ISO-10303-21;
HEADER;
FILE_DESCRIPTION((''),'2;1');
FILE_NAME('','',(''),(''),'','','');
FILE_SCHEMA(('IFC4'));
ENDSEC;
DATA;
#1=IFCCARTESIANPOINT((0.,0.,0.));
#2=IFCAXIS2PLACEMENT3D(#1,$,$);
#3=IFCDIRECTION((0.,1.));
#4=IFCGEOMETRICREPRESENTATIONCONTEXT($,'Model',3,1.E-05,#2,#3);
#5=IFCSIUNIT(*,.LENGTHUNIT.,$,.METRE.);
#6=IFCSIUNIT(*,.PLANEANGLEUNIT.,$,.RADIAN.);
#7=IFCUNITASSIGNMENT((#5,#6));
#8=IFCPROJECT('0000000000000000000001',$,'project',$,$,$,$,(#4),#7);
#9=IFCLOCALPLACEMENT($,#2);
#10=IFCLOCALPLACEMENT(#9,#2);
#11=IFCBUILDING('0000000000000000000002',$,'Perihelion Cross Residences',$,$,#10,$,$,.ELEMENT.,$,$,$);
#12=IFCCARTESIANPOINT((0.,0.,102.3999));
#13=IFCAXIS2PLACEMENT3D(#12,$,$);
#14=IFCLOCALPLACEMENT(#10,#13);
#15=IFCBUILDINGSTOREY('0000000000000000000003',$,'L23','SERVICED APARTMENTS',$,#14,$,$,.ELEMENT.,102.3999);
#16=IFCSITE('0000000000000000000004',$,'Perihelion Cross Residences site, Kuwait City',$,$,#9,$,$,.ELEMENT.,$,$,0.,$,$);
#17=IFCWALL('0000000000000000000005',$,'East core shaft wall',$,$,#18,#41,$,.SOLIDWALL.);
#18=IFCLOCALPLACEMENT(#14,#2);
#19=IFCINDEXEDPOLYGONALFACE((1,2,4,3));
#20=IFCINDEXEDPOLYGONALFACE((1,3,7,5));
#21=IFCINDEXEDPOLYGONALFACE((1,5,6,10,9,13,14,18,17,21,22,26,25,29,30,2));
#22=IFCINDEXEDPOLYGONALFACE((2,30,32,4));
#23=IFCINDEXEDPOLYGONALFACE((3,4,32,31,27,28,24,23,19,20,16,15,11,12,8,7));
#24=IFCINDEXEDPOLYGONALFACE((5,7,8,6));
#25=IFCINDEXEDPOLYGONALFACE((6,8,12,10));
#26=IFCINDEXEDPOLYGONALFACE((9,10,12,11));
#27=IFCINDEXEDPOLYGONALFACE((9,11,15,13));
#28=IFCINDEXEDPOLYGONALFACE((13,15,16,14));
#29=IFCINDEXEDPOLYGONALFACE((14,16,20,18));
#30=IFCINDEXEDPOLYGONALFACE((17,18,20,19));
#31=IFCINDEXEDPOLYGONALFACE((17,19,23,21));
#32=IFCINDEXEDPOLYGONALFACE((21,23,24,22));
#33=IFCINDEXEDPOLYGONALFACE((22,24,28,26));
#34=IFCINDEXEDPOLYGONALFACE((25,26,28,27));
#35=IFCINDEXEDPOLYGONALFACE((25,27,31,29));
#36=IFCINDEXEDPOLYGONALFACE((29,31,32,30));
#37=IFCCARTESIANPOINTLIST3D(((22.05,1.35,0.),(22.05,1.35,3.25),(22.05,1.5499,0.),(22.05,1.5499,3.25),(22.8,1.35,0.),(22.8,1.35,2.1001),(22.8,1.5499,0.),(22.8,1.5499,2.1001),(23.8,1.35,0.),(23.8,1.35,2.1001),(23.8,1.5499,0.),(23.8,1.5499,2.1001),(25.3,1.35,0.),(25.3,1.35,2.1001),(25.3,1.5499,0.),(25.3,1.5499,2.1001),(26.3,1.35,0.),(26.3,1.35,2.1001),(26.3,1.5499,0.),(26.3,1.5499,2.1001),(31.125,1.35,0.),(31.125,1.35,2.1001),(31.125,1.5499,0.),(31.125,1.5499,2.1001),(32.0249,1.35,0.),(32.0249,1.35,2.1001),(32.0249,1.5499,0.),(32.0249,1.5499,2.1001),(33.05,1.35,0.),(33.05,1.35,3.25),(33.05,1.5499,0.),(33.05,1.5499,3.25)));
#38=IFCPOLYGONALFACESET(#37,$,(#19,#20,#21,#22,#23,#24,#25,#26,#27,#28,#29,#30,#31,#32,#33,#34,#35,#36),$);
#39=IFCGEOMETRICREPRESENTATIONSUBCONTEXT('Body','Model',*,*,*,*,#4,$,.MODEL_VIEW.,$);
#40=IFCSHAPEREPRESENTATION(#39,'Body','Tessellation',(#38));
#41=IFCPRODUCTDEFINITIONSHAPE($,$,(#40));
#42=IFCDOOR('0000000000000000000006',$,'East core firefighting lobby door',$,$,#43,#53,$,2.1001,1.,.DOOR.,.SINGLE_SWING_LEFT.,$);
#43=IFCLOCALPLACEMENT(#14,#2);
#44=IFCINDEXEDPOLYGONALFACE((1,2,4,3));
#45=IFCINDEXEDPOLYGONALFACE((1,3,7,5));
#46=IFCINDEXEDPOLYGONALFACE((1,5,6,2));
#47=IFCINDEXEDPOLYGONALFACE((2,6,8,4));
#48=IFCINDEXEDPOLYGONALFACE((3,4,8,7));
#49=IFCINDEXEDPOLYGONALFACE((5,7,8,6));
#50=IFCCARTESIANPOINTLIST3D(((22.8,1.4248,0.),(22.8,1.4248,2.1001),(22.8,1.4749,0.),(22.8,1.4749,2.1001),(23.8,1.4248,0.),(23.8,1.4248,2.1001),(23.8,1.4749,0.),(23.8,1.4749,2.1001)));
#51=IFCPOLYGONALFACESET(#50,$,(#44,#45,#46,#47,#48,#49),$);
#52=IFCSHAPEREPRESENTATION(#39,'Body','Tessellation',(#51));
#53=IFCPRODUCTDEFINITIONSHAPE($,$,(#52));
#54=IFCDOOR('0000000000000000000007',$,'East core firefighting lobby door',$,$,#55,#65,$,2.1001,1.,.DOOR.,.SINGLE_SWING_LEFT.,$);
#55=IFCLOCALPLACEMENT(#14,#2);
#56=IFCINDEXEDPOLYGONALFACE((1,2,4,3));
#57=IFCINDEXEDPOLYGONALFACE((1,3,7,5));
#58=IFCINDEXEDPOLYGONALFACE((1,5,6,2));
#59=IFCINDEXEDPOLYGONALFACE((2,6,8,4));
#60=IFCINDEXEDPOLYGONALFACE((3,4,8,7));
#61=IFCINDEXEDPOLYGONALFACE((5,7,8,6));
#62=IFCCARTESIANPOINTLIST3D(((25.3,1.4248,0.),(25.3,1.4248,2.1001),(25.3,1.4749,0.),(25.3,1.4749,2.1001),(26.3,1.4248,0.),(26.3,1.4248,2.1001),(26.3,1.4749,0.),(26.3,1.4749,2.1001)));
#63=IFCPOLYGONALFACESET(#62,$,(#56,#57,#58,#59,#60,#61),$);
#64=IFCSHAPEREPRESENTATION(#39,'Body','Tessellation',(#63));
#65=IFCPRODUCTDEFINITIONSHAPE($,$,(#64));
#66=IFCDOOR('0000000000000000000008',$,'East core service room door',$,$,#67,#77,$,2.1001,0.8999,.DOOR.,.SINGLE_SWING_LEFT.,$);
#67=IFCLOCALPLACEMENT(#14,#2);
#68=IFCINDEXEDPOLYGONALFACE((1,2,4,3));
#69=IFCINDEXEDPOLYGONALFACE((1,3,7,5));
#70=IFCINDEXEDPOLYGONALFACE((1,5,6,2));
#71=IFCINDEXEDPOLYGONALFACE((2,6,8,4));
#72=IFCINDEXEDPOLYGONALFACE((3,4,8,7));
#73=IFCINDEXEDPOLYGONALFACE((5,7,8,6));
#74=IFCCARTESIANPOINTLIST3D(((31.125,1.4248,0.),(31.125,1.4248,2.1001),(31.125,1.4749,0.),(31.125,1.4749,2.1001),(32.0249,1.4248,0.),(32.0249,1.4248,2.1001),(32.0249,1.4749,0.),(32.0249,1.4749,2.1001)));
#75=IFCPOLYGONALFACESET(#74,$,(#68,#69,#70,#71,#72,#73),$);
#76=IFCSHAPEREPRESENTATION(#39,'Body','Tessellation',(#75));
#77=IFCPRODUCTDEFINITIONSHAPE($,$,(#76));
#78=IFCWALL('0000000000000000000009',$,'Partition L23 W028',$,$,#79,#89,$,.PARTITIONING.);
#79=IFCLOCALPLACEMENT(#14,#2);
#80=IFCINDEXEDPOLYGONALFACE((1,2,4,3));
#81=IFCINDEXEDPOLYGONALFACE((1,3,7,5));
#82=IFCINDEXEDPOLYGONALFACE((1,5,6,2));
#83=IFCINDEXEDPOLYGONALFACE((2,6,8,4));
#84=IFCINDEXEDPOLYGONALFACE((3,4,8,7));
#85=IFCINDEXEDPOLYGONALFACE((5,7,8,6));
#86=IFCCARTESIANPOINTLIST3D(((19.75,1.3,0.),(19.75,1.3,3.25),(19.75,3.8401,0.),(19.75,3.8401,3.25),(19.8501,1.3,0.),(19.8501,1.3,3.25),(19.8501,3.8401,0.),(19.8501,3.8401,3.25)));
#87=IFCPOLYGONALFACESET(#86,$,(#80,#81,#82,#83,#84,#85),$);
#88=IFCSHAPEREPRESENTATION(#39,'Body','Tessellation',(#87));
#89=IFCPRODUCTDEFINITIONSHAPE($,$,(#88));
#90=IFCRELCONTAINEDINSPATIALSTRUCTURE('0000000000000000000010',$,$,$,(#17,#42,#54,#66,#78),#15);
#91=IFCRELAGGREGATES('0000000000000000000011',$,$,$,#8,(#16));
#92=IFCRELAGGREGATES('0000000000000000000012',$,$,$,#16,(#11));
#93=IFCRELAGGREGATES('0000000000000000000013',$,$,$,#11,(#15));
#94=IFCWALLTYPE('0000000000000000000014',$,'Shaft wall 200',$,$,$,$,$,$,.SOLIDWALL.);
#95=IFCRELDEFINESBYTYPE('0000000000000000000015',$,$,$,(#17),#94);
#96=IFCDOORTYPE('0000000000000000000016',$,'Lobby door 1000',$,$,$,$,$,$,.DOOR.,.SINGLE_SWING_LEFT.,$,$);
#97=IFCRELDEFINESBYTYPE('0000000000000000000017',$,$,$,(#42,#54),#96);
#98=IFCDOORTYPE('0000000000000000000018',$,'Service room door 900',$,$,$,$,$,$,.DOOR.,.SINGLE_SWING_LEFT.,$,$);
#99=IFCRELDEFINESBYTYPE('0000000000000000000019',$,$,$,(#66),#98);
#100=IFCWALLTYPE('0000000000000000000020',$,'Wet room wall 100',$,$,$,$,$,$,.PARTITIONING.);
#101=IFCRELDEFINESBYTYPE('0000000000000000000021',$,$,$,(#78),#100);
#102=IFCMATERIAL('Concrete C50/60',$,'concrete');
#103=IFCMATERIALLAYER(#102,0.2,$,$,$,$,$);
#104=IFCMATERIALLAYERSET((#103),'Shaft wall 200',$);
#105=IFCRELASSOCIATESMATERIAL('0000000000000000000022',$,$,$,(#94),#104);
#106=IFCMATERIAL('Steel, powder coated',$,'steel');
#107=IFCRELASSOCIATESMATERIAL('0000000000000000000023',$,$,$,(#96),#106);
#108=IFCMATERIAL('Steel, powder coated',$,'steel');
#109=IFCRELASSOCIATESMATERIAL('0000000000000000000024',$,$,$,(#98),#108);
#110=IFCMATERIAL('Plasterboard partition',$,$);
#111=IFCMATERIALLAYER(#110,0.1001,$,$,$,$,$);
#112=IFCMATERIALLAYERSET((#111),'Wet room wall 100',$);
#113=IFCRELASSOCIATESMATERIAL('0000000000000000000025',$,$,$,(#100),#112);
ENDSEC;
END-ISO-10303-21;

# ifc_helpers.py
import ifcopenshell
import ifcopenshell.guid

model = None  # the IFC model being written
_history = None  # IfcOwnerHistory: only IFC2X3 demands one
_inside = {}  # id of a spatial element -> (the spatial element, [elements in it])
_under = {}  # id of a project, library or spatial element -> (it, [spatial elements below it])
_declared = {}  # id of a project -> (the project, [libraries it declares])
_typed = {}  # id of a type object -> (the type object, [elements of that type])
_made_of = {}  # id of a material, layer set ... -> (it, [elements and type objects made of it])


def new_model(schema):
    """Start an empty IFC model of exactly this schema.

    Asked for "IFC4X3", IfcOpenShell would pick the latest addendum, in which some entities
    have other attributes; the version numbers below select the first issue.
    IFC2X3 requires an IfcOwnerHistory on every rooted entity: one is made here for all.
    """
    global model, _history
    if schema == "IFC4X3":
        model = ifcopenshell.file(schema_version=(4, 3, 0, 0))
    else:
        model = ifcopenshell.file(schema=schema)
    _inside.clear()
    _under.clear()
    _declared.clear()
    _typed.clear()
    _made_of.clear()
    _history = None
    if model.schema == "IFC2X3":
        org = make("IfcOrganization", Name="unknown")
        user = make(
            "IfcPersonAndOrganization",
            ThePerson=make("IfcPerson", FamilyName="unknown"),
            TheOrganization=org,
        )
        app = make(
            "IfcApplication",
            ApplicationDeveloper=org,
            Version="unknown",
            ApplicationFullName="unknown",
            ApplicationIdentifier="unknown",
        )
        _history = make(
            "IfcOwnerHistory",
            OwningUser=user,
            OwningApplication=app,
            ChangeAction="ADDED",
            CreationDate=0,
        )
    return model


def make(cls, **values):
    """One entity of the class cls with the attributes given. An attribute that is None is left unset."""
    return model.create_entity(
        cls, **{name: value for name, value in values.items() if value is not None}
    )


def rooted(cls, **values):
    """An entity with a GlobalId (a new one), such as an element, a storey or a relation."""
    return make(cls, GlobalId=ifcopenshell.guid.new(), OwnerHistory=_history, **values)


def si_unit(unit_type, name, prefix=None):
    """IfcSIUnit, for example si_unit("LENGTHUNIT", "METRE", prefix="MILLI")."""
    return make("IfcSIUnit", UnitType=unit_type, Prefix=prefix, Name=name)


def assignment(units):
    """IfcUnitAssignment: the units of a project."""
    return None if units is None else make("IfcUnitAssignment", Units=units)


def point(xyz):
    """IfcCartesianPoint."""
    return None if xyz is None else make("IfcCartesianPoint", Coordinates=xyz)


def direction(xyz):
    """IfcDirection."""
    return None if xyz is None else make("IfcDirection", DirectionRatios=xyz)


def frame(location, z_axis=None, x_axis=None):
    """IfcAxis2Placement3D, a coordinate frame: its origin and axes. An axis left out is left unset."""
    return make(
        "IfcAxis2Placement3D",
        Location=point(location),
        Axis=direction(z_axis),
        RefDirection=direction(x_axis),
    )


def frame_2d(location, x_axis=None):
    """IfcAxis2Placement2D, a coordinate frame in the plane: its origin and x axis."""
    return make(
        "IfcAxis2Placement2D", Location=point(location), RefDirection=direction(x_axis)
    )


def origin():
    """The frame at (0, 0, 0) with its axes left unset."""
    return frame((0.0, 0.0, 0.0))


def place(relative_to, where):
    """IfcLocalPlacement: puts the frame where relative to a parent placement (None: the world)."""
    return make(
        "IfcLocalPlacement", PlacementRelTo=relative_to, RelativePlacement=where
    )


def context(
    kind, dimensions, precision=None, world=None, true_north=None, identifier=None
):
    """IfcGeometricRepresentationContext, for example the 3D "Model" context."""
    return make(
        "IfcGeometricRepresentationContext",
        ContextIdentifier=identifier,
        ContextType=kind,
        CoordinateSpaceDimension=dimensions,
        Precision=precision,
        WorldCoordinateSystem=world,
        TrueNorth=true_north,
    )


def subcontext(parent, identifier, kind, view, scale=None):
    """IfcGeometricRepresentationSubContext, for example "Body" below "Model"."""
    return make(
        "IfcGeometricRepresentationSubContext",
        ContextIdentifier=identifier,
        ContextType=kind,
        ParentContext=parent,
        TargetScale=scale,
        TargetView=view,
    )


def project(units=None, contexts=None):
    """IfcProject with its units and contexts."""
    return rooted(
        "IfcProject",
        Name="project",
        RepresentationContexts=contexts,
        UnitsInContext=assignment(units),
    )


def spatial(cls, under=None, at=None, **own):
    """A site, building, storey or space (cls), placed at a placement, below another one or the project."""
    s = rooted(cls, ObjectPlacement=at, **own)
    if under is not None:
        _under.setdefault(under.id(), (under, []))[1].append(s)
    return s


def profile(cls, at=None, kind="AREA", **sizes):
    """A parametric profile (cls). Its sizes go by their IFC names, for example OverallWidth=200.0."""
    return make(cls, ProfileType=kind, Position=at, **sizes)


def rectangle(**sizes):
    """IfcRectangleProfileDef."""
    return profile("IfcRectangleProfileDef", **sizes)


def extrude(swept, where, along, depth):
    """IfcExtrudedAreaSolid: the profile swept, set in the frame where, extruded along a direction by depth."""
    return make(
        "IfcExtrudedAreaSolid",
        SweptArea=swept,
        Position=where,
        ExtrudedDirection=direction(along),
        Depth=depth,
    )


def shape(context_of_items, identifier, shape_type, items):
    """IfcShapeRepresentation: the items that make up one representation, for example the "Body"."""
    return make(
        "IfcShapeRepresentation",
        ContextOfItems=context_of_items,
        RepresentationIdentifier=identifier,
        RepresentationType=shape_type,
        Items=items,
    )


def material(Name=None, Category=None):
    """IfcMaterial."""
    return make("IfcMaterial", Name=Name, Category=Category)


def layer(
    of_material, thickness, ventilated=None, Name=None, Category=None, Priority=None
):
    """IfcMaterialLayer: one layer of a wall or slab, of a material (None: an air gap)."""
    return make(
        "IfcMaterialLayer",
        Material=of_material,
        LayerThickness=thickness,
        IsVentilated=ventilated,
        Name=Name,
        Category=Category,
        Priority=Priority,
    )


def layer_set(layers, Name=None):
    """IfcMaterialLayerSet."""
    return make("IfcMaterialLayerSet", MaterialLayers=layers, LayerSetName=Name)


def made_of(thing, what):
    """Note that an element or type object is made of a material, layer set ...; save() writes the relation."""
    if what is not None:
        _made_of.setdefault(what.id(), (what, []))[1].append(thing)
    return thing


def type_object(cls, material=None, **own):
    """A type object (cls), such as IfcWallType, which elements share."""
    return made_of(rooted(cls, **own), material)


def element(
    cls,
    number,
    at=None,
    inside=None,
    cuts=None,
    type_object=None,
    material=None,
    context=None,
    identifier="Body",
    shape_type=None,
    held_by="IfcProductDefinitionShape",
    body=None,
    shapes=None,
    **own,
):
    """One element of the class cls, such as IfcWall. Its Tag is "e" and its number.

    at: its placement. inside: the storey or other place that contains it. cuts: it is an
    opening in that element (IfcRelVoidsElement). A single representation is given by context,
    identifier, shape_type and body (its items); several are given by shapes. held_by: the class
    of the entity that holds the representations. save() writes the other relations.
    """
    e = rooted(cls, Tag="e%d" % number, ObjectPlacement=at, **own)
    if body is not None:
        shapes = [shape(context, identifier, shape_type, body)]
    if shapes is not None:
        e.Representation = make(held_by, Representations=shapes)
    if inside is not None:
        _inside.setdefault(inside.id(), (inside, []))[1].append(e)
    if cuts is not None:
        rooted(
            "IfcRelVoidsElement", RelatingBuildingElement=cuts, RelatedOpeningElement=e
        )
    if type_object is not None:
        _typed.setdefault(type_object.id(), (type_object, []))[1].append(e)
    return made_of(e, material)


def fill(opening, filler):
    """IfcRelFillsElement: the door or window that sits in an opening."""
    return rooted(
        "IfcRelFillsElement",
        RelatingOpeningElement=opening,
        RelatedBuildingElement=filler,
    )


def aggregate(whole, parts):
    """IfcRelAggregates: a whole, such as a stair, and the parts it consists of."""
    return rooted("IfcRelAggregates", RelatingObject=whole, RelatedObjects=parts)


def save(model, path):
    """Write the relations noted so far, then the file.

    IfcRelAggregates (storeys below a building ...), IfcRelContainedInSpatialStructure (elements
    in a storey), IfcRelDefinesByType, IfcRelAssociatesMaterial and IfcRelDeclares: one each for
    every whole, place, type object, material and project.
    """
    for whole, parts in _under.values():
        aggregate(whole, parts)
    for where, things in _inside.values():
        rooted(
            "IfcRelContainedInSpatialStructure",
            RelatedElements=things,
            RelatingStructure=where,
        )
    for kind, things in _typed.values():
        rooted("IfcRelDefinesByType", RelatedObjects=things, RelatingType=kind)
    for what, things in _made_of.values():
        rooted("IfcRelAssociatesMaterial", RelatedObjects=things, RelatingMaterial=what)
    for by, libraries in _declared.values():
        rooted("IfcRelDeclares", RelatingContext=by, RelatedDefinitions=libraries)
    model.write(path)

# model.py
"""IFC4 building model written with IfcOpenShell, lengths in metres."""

from ifc_helpers import new_model, si_unit, direction, frame, frame_2d, origin, place, context, subcontext, project, spatial, rectangle, extrude, material, layer, layer_set, type_object, element, fill, save


model = new_model("IFC4")

# Units and contexts
model_context = context("Model", 3, precision=1e-05, world=origin(), true_north=direction((0.0, 1.0)))
body_context = subcontext(model_context, "Body", "Model", "MODEL_VIEW")
ifc_project = project(units=[si_unit("LENGTHUNIT", "METRE"), si_unit("PLANEANGLEUNIT", "RADIAN")], contexts=[model_context])

# Site, building, storey
site_placement = place(None, origin())
site = spatial("IfcSite", under=ifc_project, at=site_placement, Name="Perihelion Cross Residences site, Kuwait City", CompositionType="ELEMENT", RefElevation=0.0)
building_placement = place(site_placement, origin())
building = spatial("IfcBuilding", under=site, at=building_placement, Name="Perihelion Cross Residences", CompositionType="ELEMENT")
storey_placement = place(building_placement, frame((0.0, 0.0, 102.3999)))
storey = spatial("IfcBuildingStorey", under=building, at=storey_placement, Name="L23", Description="SERVICED APARTMENTS", CompositionType="ELEMENT", Elevation=102.3999)

# Wall, openings, doors
ifc_material_1 = material(Name="Concrete C50/60", Category="concrete")
ifc_layer_1 = layer(ifc_material_1, 0.2)
ifc_layer_set_1 = layer_set([ifc_layer_1], Name="Shaft wall 200")
wall_type_1 = type_object("IfcWallType", Name="Shaft wall 200", PredefinedType="SOLIDWALL", material=ifc_layer_set_1)
wall_1_placement = place(storey_placement, frame((22.05, 1.45, 0.0), z_axis=(0.0, 0.0, 1.0), x_axis=(1.0, 0.0, 0.0)))
wall_1 = element("IfcWall", 1, at=wall_1_placement, inside=storey, type_object=wall_type_1, Name="East core shaft wall", PredefinedType="SOLIDWALL", context=body_context, shape_type="SweptSolid", body=[
    extrude(rectangle(XDim=11.0, YDim=0.2, at=frame_2d((5.5, 0.0))), origin(), (0.0, 0.0, 1.0), 3.25),
])
opening_1_placement = place(wall_1_placement, frame((0.75, 0.0, 0.0)))
opening_1 = element("IfcOpeningElement", 2, at=opening_1_placement, cuts=wall_1, PredefinedType="OPENING", context=body_context, shape_type="SweptSolid", body=[
    extrude(rectangle(XDim=1.0, YDim=2.1001, at=frame_2d((0.5, 1.05))), frame((0.0, 0.1099, 0.0), z_axis=(0.0, -1.0, 0.0), x_axis=(1.0, 0.0, 0.0)), (0.0, 0.0, 1.0), 0.22),
])
opening_2_placement = place(wall_1_placement, frame((3.25, 0.0, 0.0)))
opening_2 = element("IfcOpeningElement", 3, at=opening_2_placement, cuts=wall_1, PredefinedType="OPENING", context=body_context, shape_type="SweptSolid", body=[
    extrude(rectangle(XDim=1.0, YDim=2.1001, at=frame_2d((0.5, 1.05))), frame((0.0, 0.1099, 0.0), z_axis=(0.0, -1.0, 0.0), x_axis=(1.0, 0.0, 0.0)), (0.0, 0.0, 1.0), 0.22),
])
opening_3_placement = place(wall_1_placement, frame((9.075, 0.0, 0.0)))
opening_3 = element("IfcOpeningElement", 4, at=opening_3_placement, cuts=wall_1, PredefinedType="OPENING", context=body_context, shape_type="SweptSolid", body=[
    extrude(rectangle(XDim=0.8999, YDim=2.1001, at=frame_2d((0.45, 1.05))), frame((0.0, 0.1099, 0.0), z_axis=(0.0, -1.0, 0.0), x_axis=(1.0, 0.0, 0.0)), (0.0, 0.0, 1.0), 0.22),
])
ifc_material_2 = material(Name="Steel, powder coated", Category="steel")
door_type_1 = type_object("IfcDoorType", Name="Lobby door 1000", OperationType="SINGLE_SWING_LEFT", PredefinedType="DOOR", material=ifc_material_2)
door_1_placement = place(opening_1_placement, origin())
door_1 = element("IfcDoor", 5, at=door_1_placement, inside=storey, type_object=door_type_1, Name="East core firefighting lobby door", OperationType="SINGLE_SWING_LEFT", OverallHeight=2.1001, OverallWidth=1.0, PredefinedType="DOOR", context=body_context, shape_type="SweptSolid", body=[
    extrude(rectangle(XDim=1.0, YDim=2.1001, at=frame_2d((0.5, 1.05))), frame((0.0, 0.0249, 0.0), z_axis=(0.0, -1.0, 0.0), x_axis=(1.0, 0.0, 0.0)), (0.0, 0.0, 1.0), 0.05),
])
fill(opening_1, door_1)
door_2_placement = place(opening_2_placement, origin())
door_2 = element("IfcDoor", 6, at=door_2_placement, inside=storey, type_object=door_type_1, Name="East core firefighting lobby door", OperationType="SINGLE_SWING_LEFT", OverallHeight=2.1001, OverallWidth=1.0, PredefinedType="DOOR", context=body_context, shape_type="SweptSolid", body=[
    extrude(rectangle(XDim=1.0, YDim=2.1001, at=frame_2d((0.5, 1.05))), frame((0.0, 0.0249, 0.0), z_axis=(0.0, -1.0, 0.0), x_axis=(1.0, 0.0, 0.0)), (0.0, 0.0, 1.0), 0.05),
])
fill(opening_2, door_2)
ifc_material_3 = material(Name="Steel, powder coated", Category="steel")
door_type_2 = type_object("IfcDoorType", Name="Service room door 900", OperationType="SINGLE_SWING_LEFT", PredefinedType="DOOR", material=ifc_material_3)
door_3_placement = place(opening_3_placement, origin())
door_3 = element("IfcDoor", 7, at=door_3_placement, inside=storey, type_object=door_type_2, Name="East core service room door", OperationType="SINGLE_SWING_LEFT", OverallHeight=2.1001, OverallWidth=0.8999, PredefinedType="DOOR", context=body_context, shape_type="SweptSolid", body=[
    extrude(rectangle(XDim=0.8999, YDim=2.1001, at=frame_2d((0.45, 1.05))), frame((0.0, 0.0249, 0.0), z_axis=(0.0, -1.0, 0.0), x_axis=(1.0, 0.0, 0.0)), (0.0, 0.0, 1.0), 0.05),
])
fill(opening_3, door_3)

# Wall
ifc_material_4 = material(Name="Plasterboard partition")
ifc_layer_2 = layer(ifc_material_4, 0.1001)
ifc_layer_set_2 = layer_set([ifc_layer_2], Name="Wet room wall 100")
wall_type_2 = type_object("IfcWallType", Name="Wet room wall 100", PredefinedType="PARTITIONING", material=ifc_layer_set_2)
wall_2_placement = place(storey_placement, frame((19.8, 3.8401, 0.0), z_axis=(0.0, 0.0, 1.0), x_axis=(0.0, -1.0, 0.0)))
element("IfcWall", 8, at=wall_2_placement, inside=storey, type_object=wall_type_2, Name="Partition L23 W028", PredefinedType="PARTITIONING", context=body_context, shape_type="SweptSolid", body=[
    extrude(rectangle(XDim=2.54, YDim=0.1001, at=frame_2d((1.27, 0.0))), origin(), (0.0, 0.0, 1.0), 3.25),
])

save(model, "model.ifc")
